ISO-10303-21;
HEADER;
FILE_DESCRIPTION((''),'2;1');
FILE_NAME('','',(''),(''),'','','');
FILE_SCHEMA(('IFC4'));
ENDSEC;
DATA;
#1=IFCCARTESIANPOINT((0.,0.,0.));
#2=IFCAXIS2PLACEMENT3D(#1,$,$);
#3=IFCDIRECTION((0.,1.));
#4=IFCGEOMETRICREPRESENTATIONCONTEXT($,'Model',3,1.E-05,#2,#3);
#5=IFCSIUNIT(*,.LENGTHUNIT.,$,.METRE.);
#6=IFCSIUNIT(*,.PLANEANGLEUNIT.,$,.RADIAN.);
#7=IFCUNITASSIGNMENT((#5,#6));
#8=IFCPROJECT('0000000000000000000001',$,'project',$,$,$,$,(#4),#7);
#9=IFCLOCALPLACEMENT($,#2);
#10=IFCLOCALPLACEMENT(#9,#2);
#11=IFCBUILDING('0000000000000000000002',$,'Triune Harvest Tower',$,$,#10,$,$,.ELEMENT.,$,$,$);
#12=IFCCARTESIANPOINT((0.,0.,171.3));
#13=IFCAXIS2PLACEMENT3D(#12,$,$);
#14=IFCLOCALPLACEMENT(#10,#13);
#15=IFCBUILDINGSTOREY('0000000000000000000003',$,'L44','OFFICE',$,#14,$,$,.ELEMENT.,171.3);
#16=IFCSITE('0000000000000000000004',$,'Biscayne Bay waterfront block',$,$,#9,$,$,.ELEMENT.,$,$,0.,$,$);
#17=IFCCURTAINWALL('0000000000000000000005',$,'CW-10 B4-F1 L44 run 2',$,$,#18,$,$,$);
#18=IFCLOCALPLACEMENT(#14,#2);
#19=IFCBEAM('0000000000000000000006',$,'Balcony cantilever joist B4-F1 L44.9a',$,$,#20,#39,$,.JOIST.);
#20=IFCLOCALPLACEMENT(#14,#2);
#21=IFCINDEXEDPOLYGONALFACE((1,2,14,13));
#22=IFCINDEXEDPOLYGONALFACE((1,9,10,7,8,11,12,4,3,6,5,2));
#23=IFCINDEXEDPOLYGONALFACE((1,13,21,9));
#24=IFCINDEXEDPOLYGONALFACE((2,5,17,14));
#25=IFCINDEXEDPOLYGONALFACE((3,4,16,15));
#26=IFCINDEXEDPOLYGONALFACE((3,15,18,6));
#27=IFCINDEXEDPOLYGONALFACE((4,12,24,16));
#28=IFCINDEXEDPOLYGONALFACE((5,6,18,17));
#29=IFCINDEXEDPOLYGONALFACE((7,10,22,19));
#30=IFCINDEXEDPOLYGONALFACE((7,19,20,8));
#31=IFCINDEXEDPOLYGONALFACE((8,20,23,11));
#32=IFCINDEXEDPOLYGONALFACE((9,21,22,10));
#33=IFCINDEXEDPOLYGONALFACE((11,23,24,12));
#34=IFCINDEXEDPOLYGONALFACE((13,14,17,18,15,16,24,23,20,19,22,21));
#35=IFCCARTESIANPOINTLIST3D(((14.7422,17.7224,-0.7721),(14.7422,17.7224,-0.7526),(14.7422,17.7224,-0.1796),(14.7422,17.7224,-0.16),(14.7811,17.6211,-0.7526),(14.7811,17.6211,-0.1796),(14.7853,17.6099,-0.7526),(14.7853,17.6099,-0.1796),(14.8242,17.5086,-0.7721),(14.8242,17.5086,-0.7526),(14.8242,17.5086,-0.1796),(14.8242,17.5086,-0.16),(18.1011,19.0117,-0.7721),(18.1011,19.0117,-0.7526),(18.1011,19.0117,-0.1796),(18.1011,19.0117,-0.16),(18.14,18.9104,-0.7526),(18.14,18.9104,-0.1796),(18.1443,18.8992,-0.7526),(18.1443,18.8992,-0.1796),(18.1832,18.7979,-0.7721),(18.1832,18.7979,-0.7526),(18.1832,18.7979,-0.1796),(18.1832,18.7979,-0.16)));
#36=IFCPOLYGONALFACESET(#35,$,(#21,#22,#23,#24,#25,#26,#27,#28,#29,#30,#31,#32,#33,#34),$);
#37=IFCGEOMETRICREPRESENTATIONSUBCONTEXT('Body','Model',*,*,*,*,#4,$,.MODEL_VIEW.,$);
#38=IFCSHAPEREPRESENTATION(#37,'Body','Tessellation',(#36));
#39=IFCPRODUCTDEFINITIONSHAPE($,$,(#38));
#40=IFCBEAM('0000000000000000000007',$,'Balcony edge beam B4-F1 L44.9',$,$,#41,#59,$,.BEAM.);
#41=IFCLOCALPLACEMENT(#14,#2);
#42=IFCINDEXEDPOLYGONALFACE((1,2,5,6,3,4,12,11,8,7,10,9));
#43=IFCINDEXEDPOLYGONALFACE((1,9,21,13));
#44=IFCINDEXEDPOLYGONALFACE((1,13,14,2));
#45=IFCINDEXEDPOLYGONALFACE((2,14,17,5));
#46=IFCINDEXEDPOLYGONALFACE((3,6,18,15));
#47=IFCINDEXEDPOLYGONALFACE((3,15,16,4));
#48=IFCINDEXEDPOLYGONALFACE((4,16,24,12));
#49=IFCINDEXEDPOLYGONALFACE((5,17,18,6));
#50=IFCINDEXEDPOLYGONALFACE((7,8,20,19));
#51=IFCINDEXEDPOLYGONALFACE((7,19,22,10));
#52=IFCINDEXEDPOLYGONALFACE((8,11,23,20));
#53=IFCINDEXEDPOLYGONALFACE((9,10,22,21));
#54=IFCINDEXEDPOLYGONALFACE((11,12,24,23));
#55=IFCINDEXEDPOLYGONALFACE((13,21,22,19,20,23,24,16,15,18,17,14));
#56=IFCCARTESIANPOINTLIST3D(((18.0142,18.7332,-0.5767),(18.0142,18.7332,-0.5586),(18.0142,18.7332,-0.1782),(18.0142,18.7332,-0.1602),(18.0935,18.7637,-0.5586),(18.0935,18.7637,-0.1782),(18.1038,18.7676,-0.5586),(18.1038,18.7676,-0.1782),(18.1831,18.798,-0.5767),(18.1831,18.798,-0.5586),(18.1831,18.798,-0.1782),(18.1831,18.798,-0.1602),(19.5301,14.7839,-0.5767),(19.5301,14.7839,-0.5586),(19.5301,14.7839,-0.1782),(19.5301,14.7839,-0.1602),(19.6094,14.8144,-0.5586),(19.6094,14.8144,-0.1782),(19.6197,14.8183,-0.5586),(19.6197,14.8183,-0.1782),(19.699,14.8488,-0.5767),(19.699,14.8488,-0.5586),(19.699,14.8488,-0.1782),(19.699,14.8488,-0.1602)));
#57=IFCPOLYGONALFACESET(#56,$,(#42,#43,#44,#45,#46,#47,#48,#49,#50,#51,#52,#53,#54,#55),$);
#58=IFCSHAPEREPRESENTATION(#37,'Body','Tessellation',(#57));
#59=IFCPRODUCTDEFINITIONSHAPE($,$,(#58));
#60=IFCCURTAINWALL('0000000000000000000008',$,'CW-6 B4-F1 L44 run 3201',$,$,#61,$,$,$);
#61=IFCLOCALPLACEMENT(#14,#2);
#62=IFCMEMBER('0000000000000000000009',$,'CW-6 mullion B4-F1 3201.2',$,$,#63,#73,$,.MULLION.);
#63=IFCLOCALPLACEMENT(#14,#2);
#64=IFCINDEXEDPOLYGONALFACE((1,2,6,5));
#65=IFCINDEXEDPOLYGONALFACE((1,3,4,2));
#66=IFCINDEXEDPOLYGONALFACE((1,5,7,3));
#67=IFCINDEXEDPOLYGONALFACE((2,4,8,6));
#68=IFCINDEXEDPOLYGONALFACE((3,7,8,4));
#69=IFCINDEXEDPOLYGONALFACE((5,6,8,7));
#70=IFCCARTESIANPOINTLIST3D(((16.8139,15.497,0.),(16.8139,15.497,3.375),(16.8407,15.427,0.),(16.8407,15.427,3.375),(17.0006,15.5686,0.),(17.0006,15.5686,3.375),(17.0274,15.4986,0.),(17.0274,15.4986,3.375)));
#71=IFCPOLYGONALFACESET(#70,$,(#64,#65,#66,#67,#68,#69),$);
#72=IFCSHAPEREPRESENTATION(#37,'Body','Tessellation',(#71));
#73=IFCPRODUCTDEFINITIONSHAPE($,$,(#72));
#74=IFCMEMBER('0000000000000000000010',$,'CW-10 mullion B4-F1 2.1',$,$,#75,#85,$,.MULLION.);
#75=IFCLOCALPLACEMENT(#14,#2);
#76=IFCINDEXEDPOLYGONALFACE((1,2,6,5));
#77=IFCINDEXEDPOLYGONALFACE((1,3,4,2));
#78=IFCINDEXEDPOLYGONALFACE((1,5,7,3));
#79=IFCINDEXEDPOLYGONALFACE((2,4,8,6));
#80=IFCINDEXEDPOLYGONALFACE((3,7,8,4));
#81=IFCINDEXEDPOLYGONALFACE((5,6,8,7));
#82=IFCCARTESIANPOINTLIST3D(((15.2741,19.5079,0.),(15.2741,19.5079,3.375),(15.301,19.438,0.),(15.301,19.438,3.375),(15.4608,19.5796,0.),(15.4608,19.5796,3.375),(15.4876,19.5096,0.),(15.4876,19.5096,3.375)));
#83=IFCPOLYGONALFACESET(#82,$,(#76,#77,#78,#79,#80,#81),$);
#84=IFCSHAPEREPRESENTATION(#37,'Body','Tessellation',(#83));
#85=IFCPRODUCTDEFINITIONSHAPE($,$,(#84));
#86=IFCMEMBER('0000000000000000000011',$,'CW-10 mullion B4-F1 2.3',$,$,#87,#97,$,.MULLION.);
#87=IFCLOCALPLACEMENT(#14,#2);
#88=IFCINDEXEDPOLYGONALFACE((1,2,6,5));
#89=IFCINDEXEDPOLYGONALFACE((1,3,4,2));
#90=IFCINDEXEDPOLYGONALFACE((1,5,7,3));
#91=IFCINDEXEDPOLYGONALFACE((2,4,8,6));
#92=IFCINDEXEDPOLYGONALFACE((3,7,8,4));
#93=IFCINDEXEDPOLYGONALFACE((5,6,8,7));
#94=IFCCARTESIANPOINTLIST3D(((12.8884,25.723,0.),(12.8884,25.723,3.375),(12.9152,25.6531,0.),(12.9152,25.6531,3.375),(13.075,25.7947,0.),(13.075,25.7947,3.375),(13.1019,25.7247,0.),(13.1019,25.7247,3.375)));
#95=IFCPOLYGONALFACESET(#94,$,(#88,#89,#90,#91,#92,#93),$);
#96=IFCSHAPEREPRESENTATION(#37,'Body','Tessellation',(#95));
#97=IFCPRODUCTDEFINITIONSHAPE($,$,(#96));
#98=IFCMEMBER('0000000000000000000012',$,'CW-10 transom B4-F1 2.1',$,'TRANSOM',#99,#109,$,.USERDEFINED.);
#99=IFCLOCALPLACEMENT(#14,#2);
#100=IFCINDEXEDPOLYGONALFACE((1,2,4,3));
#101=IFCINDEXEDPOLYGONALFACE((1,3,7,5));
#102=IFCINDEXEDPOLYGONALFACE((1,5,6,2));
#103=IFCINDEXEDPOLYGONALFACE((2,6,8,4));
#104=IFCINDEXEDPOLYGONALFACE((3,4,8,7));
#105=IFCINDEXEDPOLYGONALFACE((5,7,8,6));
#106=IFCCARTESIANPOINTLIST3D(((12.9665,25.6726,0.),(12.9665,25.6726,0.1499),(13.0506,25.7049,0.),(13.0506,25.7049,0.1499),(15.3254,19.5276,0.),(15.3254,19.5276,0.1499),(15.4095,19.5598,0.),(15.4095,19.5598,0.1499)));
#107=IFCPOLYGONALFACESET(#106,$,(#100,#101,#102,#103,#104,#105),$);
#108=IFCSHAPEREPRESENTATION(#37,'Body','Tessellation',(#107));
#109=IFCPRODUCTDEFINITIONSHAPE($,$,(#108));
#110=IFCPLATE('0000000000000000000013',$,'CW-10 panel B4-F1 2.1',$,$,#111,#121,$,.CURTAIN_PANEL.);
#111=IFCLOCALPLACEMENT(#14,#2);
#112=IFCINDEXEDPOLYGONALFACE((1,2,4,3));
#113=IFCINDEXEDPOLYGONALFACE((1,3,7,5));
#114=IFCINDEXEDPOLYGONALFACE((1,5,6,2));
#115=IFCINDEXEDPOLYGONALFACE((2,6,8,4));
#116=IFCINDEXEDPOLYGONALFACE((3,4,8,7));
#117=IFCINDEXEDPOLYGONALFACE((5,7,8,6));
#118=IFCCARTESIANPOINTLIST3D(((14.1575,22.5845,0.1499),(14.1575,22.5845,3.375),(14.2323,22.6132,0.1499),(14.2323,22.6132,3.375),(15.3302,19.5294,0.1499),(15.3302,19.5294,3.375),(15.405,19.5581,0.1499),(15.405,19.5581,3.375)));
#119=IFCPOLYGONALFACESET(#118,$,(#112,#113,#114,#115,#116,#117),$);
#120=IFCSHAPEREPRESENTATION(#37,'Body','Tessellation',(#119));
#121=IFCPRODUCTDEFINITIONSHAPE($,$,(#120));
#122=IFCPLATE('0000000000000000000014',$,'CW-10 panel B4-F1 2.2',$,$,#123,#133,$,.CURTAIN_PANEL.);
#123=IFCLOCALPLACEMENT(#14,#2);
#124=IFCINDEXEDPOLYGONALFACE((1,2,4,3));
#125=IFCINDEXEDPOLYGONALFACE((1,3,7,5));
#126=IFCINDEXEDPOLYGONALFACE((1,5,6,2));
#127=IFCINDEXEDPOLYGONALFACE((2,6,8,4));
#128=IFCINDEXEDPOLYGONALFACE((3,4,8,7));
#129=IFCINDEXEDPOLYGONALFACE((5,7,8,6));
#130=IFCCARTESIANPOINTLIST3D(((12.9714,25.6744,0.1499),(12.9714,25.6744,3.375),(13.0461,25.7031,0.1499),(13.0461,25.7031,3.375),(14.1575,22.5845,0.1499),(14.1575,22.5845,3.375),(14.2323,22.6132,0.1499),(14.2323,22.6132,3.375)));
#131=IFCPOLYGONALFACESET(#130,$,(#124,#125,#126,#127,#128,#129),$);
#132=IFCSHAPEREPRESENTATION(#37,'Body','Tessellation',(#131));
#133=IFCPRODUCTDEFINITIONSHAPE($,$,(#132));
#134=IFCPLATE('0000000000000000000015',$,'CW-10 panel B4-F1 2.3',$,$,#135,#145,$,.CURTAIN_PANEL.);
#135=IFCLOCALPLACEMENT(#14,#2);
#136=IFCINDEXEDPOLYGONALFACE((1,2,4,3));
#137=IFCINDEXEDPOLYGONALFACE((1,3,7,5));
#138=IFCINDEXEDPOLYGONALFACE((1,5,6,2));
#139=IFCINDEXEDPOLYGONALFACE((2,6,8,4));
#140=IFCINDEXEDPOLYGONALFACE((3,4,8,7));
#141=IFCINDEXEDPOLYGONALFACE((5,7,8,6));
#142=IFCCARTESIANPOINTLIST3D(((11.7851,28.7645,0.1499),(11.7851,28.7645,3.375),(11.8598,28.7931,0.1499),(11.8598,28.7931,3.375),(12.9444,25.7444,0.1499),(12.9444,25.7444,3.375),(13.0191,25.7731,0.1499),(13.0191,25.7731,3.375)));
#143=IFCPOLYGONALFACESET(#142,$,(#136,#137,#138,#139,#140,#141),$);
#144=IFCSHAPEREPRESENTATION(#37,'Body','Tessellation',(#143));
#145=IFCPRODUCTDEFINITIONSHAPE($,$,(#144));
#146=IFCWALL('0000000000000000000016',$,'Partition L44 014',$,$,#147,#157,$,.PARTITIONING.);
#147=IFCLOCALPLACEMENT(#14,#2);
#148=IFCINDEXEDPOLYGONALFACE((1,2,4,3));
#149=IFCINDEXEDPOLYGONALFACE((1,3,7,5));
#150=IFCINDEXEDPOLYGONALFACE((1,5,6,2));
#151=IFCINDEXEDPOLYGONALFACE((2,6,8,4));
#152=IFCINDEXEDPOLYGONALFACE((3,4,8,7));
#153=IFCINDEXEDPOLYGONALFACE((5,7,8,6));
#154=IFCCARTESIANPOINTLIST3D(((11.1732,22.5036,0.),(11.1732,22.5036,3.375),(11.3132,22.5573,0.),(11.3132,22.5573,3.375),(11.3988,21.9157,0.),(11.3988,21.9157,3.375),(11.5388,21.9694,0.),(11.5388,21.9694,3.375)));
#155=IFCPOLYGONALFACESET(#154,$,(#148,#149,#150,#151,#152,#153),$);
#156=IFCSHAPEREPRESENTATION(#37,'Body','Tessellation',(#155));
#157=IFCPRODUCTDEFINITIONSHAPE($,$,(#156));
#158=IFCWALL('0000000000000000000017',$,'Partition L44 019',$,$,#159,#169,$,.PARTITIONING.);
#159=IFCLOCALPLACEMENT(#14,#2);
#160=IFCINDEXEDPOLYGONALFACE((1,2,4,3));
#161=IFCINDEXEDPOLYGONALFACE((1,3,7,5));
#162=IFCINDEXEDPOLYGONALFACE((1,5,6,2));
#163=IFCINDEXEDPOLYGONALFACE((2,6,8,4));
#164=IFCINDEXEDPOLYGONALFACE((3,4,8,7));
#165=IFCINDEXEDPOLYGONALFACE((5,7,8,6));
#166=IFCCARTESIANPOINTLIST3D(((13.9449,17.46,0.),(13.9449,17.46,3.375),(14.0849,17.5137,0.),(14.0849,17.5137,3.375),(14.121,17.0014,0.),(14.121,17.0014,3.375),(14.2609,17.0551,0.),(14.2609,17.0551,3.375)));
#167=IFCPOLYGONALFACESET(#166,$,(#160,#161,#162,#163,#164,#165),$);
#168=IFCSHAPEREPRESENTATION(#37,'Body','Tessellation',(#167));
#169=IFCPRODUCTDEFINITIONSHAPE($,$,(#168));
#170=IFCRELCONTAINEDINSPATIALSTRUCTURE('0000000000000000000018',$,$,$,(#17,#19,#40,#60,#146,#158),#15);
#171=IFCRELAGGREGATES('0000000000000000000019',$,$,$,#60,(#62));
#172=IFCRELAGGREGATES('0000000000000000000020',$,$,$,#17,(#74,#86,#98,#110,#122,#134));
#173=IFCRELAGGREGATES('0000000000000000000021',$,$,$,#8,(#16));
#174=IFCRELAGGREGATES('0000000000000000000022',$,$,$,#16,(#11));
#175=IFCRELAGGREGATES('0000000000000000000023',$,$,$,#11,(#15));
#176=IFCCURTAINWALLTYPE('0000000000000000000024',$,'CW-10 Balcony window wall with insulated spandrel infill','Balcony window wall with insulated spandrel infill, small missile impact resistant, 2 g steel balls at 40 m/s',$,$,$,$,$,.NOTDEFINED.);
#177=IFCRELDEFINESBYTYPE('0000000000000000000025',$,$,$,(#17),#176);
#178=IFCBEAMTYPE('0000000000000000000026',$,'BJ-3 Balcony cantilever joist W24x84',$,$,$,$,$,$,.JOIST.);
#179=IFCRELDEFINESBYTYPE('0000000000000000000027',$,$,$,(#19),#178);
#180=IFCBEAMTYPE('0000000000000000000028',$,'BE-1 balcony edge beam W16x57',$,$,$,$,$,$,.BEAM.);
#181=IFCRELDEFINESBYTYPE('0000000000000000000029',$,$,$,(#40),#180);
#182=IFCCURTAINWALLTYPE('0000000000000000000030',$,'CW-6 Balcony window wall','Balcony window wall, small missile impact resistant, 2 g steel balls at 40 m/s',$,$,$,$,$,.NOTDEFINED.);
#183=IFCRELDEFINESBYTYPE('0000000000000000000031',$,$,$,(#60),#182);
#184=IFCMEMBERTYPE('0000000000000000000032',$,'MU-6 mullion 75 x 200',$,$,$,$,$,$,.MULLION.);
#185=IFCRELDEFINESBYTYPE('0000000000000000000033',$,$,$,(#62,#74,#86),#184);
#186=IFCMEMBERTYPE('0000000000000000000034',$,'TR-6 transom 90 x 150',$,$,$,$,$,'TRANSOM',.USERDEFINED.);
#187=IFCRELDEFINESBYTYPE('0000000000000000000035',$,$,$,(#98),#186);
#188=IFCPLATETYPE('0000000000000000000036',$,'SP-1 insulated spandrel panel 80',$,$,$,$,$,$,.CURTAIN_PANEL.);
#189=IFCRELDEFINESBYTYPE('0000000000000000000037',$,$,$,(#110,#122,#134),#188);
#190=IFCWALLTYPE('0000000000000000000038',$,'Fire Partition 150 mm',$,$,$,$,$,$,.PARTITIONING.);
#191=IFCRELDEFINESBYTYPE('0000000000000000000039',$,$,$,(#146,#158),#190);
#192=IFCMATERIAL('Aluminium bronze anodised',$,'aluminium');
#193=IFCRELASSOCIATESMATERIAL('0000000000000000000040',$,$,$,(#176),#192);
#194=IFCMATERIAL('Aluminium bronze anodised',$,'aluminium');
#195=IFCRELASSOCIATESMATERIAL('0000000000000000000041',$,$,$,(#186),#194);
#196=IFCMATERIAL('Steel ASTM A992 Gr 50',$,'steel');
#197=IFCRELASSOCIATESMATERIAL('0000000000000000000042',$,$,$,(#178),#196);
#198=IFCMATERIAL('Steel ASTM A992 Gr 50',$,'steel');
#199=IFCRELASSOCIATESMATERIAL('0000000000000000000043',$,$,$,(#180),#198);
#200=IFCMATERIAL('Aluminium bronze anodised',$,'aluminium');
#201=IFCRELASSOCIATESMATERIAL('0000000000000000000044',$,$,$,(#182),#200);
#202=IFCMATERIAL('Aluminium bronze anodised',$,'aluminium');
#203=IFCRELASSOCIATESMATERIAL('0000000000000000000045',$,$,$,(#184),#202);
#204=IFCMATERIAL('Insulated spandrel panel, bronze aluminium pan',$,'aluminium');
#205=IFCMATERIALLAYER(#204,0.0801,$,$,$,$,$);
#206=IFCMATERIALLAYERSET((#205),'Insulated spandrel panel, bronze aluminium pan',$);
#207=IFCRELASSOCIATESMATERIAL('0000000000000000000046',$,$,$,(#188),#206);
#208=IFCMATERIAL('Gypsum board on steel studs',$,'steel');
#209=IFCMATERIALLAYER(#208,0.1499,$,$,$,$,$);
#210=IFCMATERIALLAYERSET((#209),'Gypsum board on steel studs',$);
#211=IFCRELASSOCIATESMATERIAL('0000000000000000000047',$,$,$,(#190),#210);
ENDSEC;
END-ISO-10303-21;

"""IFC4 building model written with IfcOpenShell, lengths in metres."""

from ifc_helpers import new_model, si_unit, direction, frame, frame_2d, origin, origin_2d, place, context, subcontext, project, spatial, rectangle, i_section, extrude, source, transform, mapped, material, layer, layer_set, material_profile, profile_set, type_object, element, aggregate, save


model = new_model("IFC4")

# Units and contexts
model_context = context("Model", 3, precision=1e-05, world=origin(), true_north=direction((0.0, 1.0)))
body_context = subcontext(model_context, "Body", "Model", "MODEL_VIEW")
ifc_project = project(units=[si_unit("LENGTHUNIT", "METRE"), si_unit("PLANEANGLEUNIT", "RADIAN")], contexts=[model_context])

# Site, building, storey
site_placement = place(None, origin())
site = spatial("IfcSite", under=ifc_project, at=site_placement, Name="Biscayne Bay waterfront block", CompositionType="ELEMENT", RefElevation=0.0)
building_placement = place(site_placement, origin())
building = spatial("IfcBuilding", under=site, at=building_placement, Name="Triune Harvest Tower", CompositionType="ELEMENT")
storey_placement = place(building_placement, frame((0.0, 0.0, 171.3)))
storey = spatial("IfcBuildingStorey", under=building, at=storey_placement, Name="L44", Description="OFFICE", CompositionType="ELEMENT", Elevation=171.3)

# Curtain wall
ifc_material_1 = material(Name="Aluminium bronze anodised", Category="aluminium")
curtain_wall_type_1 = type_object("IfcCurtainWallType", Name="CW-10 Balcony window wall with insulated spandrel infill", Description="Balcony window wall with insulated spandrel infill, small missile impact resistant, 2 g steel balls at 40 m/s", PredefinedType="NOTDEFINED", material=ifc_material_1)
curtain_wall_1_placement = place(storey_placement, origin())
curtain_wall_1 = element("IfcCurtainWall", 1, at=curtain_wall_1_placement, inside=storey, type_object=curtain_wall_type_1, Name="CW-10 B4-F1 L44 run 2")
ifc_material_2 = material(Name="Aluminium bronze anodised", Category="aluminium")
ifc_material_profile_1 = material_profile(ifc_material_2, rectangle(XDim=0.0901, YDim=0.1499, at=origin_2d()), Name="TR-6 transom 90 x 150")
ifc_profile_set_1 = profile_set([ifc_material_profile_1], Name="Aluminium bronze anodised")
member_type_1 = type_object("IfcMemberType", Name="TR-6 transom 90 x 150", ElementType="TRANSOM", PredefinedType="USERDEFINED", material=ifc_profile_set_1)

# Beams
ifc_material_3 = material(Name="Steel ASTM A992 Gr 50", Category="steel")
ifc_material_profile_2 = material_profile(ifc_material_3, i_section(OverallWidth=0.229, OverallDepth=0.6121, WebThickness=0.012, FlangeThickness=0.0195, at=origin_2d()), Name="W24x84")
ifc_profile_set_2 = profile_set([ifc_material_profile_2], Name="Steel ASTM A992 Gr 50")
beam_type_1 = type_object("IfcBeamType", Name="BJ-3 Balcony cantilever joist W24x84", PredefinedType="JOIST", material=ifc_profile_set_2)
shared_shape_1 = source(origin(), body_context, "Body", "SweptSolid", [
    extrude(i_section(OverallWidth=0.229, OverallDepth=0.6121, WebThickness=0.012, FlangeThickness=0.0195, at=origin_2d()), origin(), (0.0, 0.0, 1.0), 3.5979),
])
beam_1_placement = place(storey_placement, frame((14.7832, 17.6155, -0.4661), z_axis=(0.933585, 0.358356, 0.0), x_axis=(-0.358356, 0.933585, 0.0)))
element("IfcBeam", 2, at=beam_1_placement, inside=storey, type_object=beam_type_1, Name="Balcony cantilever joist B4-F1 L44.9a", PredefinedType="JOIST", context=body_context, shape_type="MappedRepresentation", body=[
    mapped(shared_shape_1, transform((0.0, 0.0, 0.0), scale=1.0)),
])
ifc_material_4 = material(Name="Steel ASTM A992 Gr 50", Category="steel")
ifc_material_profile_3 = material_profile(ifc_material_4, i_section(OverallWidth=0.1809, OverallDepth=0.4165, WebThickness=0.011, FlangeThickness=0.0181, at=origin_2d()), Name="W16x57")
ifc_profile_set_3 = profile_set([ifc_material_profile_3], Name="Steel ASTM A992 Gr 50")
beam_type_2 = type_object("IfcBeamType", Name="BE-1 balcony edge beam W16x57", PredefinedType="BEAM", material=ifc_profile_set_3)
shared_shape_2 = source(origin(), body_context, "Body", "SweptSolid", [
    extrude(i_section(OverallWidth=0.1809, OverallDepth=0.4165, WebThickness=0.011, FlangeThickness=0.0181, at=origin_2d()), origin(), (0.0, 0.0, 1.0), 4.2302),
])
beam_2_placement = place(storey_placement, frame((18.0986, 18.7656, -0.3684), z_axis=(0.358349, -0.933588, 0.0), x_axis=(0.933588, 0.358349, 0.0)))
element("IfcBeam", 3, at=beam_2_placement, inside=storey, type_object=beam_type_2, Name="Balcony edge beam B4-F1 L44.9", PredefinedType="BEAM", context=body_context, shape_type="MappedRepresentation", body=[
    mapped(shared_shape_2, transform((0.0, 0.0, 0.0), scale=1.0)),
])

# Curtain wall, member
ifc_material_5 = material(Name="Aluminium bronze anodised", Category="aluminium")
curtain_wall_type_2 = type_object("IfcCurtainWallType", Name="CW-6 Balcony window wall", Description="Balcony window wall, small missile impact resistant, 2 g steel balls at 40 m/s", PredefinedType="NOTDEFINED", material=ifc_material_5)
curtain_wall_2_placement = place(storey_placement, origin())
curtain_wall_2 = element("IfcCurtainWall", 4, at=curtain_wall_2_placement, inside=storey, type_object=curtain_wall_type_2, Name="CW-6 B4-F1 L44 run 3201")
ifc_material_6 = material(Name="Aluminium bronze anodised", Category="aluminium")
ifc_material_profile_4 = material_profile(ifc_material_6, rectangle(XDim=0.2, YDim=0.075, at=origin_2d()), Name="MU-6 mullion 75 x 200")
ifc_profile_set_4 = profile_set([ifc_material_profile_4], Name="Aluminium bronze anodised")
member_type_2 = type_object("IfcMemberType", Name="MU-6 mullion 75 x 200", PredefinedType="MULLION", material=ifc_profile_set_4)
shared_shape_3 = source(origin(), body_context, "Body", "SweptSolid", [
    extrude(rectangle(XDim=0.2, YDim=0.075, at=origin_2d()), origin(), (0.0, 0.0, 1.0), 3.375),
])
member_1_placement = place(storey_placement, frame((16.9207, 15.4978, 0.0), z_axis=(0.0, 0.0, 1.0), x_axis=(-0.933578, -0.358375, 0.0)))
member_1 = element("IfcMember", 5, at=member_1_placement, type_object=member_type_2, Name="CW-6 mullion B4-F1 3201.2", PredefinedType="MULLION", context=body_context, shape_type="MappedRepresentation", body=[
    mapped(shared_shape_3, transform((0.0, 0.0, 0.0), scale=1.0)),
])
aggregate(curtain_wall_2, [member_1])

# Members
member_2_placement = place(storey_placement, frame((15.3809, 19.5088, 0.0), z_axis=(0.0, 0.0, 1.0), x_axis=(-0.933579, -0.358371, 0.0)))
member_2 = element("IfcMember", 6, at=member_2_placement, type_object=member_type_2, Name="CW-10 mullion B4-F1 2.1", PredefinedType="MULLION", context=body_context, shape_type="MappedRepresentation", body=[
    mapped(shared_shape_3, transform((0.0, 0.0, 0.0), scale=1.0)),
])
member_3_placement = place(storey_placement, frame((12.9951, 25.7239, 0.0), z_axis=(0.0, 0.0, 1.0), x_axis=(-0.933579, -0.358371, 0.0)))
member_3 = element("IfcMember", 7, at=member_3_placement, type_object=member_type_2, Name="CW-10 mullion B4-F1 2.3", PredefinedType="MULLION", context=body_context, shape_type="MappedRepresentation", body=[
    mapped(shared_shape_3, transform((0.0, 0.0, 0.0), scale=1.0)),
])
shared_shape_4 = source(origin(), body_context, "Body", "SweptSolid", [
    extrude(rectangle(XDim=0.0901, YDim=0.1499, at=origin_2d()), origin(), (0.0, 0.0, 1.0), 6.5823),
])
member_4_placement = place(storey_placement, frame((15.3674, 19.5437, 0.075), z_axis=(-0.358373, 0.933579, 0.0), x_axis=(-0.933579, -0.358373, 0.0)))
member_4 = element("IfcMember", 8, at=member_4_placement, type_object=member_type_1, Name="CW-10 transom B4-F1 2.1", ObjectType="TRANSOM", PredefinedType="USERDEFINED", context=body_context, shape_type="MappedRepresentation", body=[
    mapped(shared_shape_4, transform((0.0, 0.0, 0.0), scale=1.0)),
])

# Plates
ifc_material_7 = material(Name="Insulated spandrel panel, bronze aluminium pan", Category="aluminium")
ifc_layer_1 = layer(ifc_material_7, 0.0801)
ifc_layer_set_1 = layer_set([ifc_layer_1], Name="Insulated spandrel panel, bronze aluminium pan")
plate_type = type_object("IfcPlateType", Name="SP-1 insulated spandrel panel 80", PredefinedType="CURTAIN_PANEL", material=ifc_layer_set_1)
shared_shape_5 = source(origin(), body_context, "Body", "SweptSolid", [
    extrude(rectangle(XDim=3.2725, YDim=0.0801, at=origin_2d()), origin(), (0.0, 0.0, 1.0), 3.2251),
])
plate_1_placement = place(storey_placement, frame((14.7812, 21.0713, 0.1499), z_axis=(0.0, 0.0, 1.0), x_axis=(-0.358371, 0.933579, 0.0)))
plate_1 = element("IfcPlate", 9, at=plate_1_placement, type_object=plate_type, Name="CW-10 panel B4-F1 2.1", PredefinedType="CURTAIN_PANEL", context=body_context, shape_type="MappedRepresentation", body=[
    mapped(shared_shape_5, transform((0.0, 0.0, 0.0), scale=1.0)),
])
shared_shape_6 = source(origin(), body_context, "Body", "SweptSolid", [
    extrude(rectangle(XDim=3.3098, YDim=0.0801, at=origin_2d()), origin(), (0.0, 0.0, 1.0), 3.2251),
])
plate_2_placement = place(storey_placement, frame((13.6018, 24.1438, 0.1499), z_axis=(0.0, 0.0, 1.0), x_axis=(-0.358371, 0.933579, 0.0)))
plate_2 = element("IfcPlate", 10, at=plate_2_placement, type_object=plate_type, Name="CW-10 panel B4-F1 2.2", PredefinedType="CURTAIN_PANEL", context=body_context, shape_type="MappedRepresentation", body=[
    mapped(shared_shape_6, transform((0.0, 0.0, 0.0), scale=1.0)),
])
shared_shape_7 = source(origin(), body_context, "Body", "SweptSolid", [
    extrude(rectangle(XDim=3.2349, YDim=0.0801, at=origin_2d()), origin(), (0.0, 0.0, 1.0), 3.2251),
])
plate_3_placement = place(storey_placement, frame((12.4021, 27.2688, 0.1499), z_axis=(0.0, 0.0, 1.0), x_axis=(-0.358371, 0.933579, 0.0)))
plate_3 = element("IfcPlate", 11, at=plate_3_placement, type_object=plate_type, Name="CW-10 panel B4-F1 2.3", PredefinedType="CURTAIN_PANEL", context=body_context, shape_type="MappedRepresentation", body=[
    mapped(shared_shape_7, transform((0.0, 0.0, 0.0), scale=1.0)),
])
aggregate(curtain_wall_1, [member_2, member_3, member_4, plate_1, plate_2, plate_3])

# Walls
ifc_material_8 = material(Name="Gypsum board on steel studs", Category="steel")
ifc_layer_2 = layer(ifc_material_8, 0.1499)
ifc_layer_set_2 = layer_set([ifc_layer_2], Name="Gypsum board on steel studs")
wall_type_1 = type_object("IfcWallType", Name="Fire Partition 150 mm", PredefinedType="PARTITIONING", material=ifc_layer_set_2)
wall_1_placement = place(storey_placement, frame((11.2432, 22.5305, 0.0), z_axis=(0.0, 0.0, 1.0), x_axis=(0.358251, -0.933625, 0.0)))
element("IfcWall", 12, at=wall_1_placement, inside=storey, type_object=wall_type_1, Name="Partition L44 014", PredefinedType="PARTITIONING", context=body_context, shape_type="SweptSolid", body=[
    extrude(rectangle(XDim=0.6296, YDim=0.1499, at=frame_2d((0.3149, 0.0))), origin(), (0.0, 0.0, 1.0), 3.375),
])
wall_2_placement = place(storey_placement, frame((14.0149, 17.4868, 0.0), z_axis=(0.0, 0.0, 1.0), x_axis=(0.358413, -0.933563, 0.0)))
element("IfcWall", 13, at=wall_2_placement, inside=storey, type_object=wall_type_1, Name="Partition L44 019", PredefinedType="PARTITIONING", context=body_context, shape_type="SweptSolid", body=[
    extrude(rectangle(XDim=0.4912, YDim=0.1499, at=frame_2d((0.2456, 0.0))), origin(), (0.0, 0.0, 1.0), 3.375),
])

save(model, "model.ifc")
